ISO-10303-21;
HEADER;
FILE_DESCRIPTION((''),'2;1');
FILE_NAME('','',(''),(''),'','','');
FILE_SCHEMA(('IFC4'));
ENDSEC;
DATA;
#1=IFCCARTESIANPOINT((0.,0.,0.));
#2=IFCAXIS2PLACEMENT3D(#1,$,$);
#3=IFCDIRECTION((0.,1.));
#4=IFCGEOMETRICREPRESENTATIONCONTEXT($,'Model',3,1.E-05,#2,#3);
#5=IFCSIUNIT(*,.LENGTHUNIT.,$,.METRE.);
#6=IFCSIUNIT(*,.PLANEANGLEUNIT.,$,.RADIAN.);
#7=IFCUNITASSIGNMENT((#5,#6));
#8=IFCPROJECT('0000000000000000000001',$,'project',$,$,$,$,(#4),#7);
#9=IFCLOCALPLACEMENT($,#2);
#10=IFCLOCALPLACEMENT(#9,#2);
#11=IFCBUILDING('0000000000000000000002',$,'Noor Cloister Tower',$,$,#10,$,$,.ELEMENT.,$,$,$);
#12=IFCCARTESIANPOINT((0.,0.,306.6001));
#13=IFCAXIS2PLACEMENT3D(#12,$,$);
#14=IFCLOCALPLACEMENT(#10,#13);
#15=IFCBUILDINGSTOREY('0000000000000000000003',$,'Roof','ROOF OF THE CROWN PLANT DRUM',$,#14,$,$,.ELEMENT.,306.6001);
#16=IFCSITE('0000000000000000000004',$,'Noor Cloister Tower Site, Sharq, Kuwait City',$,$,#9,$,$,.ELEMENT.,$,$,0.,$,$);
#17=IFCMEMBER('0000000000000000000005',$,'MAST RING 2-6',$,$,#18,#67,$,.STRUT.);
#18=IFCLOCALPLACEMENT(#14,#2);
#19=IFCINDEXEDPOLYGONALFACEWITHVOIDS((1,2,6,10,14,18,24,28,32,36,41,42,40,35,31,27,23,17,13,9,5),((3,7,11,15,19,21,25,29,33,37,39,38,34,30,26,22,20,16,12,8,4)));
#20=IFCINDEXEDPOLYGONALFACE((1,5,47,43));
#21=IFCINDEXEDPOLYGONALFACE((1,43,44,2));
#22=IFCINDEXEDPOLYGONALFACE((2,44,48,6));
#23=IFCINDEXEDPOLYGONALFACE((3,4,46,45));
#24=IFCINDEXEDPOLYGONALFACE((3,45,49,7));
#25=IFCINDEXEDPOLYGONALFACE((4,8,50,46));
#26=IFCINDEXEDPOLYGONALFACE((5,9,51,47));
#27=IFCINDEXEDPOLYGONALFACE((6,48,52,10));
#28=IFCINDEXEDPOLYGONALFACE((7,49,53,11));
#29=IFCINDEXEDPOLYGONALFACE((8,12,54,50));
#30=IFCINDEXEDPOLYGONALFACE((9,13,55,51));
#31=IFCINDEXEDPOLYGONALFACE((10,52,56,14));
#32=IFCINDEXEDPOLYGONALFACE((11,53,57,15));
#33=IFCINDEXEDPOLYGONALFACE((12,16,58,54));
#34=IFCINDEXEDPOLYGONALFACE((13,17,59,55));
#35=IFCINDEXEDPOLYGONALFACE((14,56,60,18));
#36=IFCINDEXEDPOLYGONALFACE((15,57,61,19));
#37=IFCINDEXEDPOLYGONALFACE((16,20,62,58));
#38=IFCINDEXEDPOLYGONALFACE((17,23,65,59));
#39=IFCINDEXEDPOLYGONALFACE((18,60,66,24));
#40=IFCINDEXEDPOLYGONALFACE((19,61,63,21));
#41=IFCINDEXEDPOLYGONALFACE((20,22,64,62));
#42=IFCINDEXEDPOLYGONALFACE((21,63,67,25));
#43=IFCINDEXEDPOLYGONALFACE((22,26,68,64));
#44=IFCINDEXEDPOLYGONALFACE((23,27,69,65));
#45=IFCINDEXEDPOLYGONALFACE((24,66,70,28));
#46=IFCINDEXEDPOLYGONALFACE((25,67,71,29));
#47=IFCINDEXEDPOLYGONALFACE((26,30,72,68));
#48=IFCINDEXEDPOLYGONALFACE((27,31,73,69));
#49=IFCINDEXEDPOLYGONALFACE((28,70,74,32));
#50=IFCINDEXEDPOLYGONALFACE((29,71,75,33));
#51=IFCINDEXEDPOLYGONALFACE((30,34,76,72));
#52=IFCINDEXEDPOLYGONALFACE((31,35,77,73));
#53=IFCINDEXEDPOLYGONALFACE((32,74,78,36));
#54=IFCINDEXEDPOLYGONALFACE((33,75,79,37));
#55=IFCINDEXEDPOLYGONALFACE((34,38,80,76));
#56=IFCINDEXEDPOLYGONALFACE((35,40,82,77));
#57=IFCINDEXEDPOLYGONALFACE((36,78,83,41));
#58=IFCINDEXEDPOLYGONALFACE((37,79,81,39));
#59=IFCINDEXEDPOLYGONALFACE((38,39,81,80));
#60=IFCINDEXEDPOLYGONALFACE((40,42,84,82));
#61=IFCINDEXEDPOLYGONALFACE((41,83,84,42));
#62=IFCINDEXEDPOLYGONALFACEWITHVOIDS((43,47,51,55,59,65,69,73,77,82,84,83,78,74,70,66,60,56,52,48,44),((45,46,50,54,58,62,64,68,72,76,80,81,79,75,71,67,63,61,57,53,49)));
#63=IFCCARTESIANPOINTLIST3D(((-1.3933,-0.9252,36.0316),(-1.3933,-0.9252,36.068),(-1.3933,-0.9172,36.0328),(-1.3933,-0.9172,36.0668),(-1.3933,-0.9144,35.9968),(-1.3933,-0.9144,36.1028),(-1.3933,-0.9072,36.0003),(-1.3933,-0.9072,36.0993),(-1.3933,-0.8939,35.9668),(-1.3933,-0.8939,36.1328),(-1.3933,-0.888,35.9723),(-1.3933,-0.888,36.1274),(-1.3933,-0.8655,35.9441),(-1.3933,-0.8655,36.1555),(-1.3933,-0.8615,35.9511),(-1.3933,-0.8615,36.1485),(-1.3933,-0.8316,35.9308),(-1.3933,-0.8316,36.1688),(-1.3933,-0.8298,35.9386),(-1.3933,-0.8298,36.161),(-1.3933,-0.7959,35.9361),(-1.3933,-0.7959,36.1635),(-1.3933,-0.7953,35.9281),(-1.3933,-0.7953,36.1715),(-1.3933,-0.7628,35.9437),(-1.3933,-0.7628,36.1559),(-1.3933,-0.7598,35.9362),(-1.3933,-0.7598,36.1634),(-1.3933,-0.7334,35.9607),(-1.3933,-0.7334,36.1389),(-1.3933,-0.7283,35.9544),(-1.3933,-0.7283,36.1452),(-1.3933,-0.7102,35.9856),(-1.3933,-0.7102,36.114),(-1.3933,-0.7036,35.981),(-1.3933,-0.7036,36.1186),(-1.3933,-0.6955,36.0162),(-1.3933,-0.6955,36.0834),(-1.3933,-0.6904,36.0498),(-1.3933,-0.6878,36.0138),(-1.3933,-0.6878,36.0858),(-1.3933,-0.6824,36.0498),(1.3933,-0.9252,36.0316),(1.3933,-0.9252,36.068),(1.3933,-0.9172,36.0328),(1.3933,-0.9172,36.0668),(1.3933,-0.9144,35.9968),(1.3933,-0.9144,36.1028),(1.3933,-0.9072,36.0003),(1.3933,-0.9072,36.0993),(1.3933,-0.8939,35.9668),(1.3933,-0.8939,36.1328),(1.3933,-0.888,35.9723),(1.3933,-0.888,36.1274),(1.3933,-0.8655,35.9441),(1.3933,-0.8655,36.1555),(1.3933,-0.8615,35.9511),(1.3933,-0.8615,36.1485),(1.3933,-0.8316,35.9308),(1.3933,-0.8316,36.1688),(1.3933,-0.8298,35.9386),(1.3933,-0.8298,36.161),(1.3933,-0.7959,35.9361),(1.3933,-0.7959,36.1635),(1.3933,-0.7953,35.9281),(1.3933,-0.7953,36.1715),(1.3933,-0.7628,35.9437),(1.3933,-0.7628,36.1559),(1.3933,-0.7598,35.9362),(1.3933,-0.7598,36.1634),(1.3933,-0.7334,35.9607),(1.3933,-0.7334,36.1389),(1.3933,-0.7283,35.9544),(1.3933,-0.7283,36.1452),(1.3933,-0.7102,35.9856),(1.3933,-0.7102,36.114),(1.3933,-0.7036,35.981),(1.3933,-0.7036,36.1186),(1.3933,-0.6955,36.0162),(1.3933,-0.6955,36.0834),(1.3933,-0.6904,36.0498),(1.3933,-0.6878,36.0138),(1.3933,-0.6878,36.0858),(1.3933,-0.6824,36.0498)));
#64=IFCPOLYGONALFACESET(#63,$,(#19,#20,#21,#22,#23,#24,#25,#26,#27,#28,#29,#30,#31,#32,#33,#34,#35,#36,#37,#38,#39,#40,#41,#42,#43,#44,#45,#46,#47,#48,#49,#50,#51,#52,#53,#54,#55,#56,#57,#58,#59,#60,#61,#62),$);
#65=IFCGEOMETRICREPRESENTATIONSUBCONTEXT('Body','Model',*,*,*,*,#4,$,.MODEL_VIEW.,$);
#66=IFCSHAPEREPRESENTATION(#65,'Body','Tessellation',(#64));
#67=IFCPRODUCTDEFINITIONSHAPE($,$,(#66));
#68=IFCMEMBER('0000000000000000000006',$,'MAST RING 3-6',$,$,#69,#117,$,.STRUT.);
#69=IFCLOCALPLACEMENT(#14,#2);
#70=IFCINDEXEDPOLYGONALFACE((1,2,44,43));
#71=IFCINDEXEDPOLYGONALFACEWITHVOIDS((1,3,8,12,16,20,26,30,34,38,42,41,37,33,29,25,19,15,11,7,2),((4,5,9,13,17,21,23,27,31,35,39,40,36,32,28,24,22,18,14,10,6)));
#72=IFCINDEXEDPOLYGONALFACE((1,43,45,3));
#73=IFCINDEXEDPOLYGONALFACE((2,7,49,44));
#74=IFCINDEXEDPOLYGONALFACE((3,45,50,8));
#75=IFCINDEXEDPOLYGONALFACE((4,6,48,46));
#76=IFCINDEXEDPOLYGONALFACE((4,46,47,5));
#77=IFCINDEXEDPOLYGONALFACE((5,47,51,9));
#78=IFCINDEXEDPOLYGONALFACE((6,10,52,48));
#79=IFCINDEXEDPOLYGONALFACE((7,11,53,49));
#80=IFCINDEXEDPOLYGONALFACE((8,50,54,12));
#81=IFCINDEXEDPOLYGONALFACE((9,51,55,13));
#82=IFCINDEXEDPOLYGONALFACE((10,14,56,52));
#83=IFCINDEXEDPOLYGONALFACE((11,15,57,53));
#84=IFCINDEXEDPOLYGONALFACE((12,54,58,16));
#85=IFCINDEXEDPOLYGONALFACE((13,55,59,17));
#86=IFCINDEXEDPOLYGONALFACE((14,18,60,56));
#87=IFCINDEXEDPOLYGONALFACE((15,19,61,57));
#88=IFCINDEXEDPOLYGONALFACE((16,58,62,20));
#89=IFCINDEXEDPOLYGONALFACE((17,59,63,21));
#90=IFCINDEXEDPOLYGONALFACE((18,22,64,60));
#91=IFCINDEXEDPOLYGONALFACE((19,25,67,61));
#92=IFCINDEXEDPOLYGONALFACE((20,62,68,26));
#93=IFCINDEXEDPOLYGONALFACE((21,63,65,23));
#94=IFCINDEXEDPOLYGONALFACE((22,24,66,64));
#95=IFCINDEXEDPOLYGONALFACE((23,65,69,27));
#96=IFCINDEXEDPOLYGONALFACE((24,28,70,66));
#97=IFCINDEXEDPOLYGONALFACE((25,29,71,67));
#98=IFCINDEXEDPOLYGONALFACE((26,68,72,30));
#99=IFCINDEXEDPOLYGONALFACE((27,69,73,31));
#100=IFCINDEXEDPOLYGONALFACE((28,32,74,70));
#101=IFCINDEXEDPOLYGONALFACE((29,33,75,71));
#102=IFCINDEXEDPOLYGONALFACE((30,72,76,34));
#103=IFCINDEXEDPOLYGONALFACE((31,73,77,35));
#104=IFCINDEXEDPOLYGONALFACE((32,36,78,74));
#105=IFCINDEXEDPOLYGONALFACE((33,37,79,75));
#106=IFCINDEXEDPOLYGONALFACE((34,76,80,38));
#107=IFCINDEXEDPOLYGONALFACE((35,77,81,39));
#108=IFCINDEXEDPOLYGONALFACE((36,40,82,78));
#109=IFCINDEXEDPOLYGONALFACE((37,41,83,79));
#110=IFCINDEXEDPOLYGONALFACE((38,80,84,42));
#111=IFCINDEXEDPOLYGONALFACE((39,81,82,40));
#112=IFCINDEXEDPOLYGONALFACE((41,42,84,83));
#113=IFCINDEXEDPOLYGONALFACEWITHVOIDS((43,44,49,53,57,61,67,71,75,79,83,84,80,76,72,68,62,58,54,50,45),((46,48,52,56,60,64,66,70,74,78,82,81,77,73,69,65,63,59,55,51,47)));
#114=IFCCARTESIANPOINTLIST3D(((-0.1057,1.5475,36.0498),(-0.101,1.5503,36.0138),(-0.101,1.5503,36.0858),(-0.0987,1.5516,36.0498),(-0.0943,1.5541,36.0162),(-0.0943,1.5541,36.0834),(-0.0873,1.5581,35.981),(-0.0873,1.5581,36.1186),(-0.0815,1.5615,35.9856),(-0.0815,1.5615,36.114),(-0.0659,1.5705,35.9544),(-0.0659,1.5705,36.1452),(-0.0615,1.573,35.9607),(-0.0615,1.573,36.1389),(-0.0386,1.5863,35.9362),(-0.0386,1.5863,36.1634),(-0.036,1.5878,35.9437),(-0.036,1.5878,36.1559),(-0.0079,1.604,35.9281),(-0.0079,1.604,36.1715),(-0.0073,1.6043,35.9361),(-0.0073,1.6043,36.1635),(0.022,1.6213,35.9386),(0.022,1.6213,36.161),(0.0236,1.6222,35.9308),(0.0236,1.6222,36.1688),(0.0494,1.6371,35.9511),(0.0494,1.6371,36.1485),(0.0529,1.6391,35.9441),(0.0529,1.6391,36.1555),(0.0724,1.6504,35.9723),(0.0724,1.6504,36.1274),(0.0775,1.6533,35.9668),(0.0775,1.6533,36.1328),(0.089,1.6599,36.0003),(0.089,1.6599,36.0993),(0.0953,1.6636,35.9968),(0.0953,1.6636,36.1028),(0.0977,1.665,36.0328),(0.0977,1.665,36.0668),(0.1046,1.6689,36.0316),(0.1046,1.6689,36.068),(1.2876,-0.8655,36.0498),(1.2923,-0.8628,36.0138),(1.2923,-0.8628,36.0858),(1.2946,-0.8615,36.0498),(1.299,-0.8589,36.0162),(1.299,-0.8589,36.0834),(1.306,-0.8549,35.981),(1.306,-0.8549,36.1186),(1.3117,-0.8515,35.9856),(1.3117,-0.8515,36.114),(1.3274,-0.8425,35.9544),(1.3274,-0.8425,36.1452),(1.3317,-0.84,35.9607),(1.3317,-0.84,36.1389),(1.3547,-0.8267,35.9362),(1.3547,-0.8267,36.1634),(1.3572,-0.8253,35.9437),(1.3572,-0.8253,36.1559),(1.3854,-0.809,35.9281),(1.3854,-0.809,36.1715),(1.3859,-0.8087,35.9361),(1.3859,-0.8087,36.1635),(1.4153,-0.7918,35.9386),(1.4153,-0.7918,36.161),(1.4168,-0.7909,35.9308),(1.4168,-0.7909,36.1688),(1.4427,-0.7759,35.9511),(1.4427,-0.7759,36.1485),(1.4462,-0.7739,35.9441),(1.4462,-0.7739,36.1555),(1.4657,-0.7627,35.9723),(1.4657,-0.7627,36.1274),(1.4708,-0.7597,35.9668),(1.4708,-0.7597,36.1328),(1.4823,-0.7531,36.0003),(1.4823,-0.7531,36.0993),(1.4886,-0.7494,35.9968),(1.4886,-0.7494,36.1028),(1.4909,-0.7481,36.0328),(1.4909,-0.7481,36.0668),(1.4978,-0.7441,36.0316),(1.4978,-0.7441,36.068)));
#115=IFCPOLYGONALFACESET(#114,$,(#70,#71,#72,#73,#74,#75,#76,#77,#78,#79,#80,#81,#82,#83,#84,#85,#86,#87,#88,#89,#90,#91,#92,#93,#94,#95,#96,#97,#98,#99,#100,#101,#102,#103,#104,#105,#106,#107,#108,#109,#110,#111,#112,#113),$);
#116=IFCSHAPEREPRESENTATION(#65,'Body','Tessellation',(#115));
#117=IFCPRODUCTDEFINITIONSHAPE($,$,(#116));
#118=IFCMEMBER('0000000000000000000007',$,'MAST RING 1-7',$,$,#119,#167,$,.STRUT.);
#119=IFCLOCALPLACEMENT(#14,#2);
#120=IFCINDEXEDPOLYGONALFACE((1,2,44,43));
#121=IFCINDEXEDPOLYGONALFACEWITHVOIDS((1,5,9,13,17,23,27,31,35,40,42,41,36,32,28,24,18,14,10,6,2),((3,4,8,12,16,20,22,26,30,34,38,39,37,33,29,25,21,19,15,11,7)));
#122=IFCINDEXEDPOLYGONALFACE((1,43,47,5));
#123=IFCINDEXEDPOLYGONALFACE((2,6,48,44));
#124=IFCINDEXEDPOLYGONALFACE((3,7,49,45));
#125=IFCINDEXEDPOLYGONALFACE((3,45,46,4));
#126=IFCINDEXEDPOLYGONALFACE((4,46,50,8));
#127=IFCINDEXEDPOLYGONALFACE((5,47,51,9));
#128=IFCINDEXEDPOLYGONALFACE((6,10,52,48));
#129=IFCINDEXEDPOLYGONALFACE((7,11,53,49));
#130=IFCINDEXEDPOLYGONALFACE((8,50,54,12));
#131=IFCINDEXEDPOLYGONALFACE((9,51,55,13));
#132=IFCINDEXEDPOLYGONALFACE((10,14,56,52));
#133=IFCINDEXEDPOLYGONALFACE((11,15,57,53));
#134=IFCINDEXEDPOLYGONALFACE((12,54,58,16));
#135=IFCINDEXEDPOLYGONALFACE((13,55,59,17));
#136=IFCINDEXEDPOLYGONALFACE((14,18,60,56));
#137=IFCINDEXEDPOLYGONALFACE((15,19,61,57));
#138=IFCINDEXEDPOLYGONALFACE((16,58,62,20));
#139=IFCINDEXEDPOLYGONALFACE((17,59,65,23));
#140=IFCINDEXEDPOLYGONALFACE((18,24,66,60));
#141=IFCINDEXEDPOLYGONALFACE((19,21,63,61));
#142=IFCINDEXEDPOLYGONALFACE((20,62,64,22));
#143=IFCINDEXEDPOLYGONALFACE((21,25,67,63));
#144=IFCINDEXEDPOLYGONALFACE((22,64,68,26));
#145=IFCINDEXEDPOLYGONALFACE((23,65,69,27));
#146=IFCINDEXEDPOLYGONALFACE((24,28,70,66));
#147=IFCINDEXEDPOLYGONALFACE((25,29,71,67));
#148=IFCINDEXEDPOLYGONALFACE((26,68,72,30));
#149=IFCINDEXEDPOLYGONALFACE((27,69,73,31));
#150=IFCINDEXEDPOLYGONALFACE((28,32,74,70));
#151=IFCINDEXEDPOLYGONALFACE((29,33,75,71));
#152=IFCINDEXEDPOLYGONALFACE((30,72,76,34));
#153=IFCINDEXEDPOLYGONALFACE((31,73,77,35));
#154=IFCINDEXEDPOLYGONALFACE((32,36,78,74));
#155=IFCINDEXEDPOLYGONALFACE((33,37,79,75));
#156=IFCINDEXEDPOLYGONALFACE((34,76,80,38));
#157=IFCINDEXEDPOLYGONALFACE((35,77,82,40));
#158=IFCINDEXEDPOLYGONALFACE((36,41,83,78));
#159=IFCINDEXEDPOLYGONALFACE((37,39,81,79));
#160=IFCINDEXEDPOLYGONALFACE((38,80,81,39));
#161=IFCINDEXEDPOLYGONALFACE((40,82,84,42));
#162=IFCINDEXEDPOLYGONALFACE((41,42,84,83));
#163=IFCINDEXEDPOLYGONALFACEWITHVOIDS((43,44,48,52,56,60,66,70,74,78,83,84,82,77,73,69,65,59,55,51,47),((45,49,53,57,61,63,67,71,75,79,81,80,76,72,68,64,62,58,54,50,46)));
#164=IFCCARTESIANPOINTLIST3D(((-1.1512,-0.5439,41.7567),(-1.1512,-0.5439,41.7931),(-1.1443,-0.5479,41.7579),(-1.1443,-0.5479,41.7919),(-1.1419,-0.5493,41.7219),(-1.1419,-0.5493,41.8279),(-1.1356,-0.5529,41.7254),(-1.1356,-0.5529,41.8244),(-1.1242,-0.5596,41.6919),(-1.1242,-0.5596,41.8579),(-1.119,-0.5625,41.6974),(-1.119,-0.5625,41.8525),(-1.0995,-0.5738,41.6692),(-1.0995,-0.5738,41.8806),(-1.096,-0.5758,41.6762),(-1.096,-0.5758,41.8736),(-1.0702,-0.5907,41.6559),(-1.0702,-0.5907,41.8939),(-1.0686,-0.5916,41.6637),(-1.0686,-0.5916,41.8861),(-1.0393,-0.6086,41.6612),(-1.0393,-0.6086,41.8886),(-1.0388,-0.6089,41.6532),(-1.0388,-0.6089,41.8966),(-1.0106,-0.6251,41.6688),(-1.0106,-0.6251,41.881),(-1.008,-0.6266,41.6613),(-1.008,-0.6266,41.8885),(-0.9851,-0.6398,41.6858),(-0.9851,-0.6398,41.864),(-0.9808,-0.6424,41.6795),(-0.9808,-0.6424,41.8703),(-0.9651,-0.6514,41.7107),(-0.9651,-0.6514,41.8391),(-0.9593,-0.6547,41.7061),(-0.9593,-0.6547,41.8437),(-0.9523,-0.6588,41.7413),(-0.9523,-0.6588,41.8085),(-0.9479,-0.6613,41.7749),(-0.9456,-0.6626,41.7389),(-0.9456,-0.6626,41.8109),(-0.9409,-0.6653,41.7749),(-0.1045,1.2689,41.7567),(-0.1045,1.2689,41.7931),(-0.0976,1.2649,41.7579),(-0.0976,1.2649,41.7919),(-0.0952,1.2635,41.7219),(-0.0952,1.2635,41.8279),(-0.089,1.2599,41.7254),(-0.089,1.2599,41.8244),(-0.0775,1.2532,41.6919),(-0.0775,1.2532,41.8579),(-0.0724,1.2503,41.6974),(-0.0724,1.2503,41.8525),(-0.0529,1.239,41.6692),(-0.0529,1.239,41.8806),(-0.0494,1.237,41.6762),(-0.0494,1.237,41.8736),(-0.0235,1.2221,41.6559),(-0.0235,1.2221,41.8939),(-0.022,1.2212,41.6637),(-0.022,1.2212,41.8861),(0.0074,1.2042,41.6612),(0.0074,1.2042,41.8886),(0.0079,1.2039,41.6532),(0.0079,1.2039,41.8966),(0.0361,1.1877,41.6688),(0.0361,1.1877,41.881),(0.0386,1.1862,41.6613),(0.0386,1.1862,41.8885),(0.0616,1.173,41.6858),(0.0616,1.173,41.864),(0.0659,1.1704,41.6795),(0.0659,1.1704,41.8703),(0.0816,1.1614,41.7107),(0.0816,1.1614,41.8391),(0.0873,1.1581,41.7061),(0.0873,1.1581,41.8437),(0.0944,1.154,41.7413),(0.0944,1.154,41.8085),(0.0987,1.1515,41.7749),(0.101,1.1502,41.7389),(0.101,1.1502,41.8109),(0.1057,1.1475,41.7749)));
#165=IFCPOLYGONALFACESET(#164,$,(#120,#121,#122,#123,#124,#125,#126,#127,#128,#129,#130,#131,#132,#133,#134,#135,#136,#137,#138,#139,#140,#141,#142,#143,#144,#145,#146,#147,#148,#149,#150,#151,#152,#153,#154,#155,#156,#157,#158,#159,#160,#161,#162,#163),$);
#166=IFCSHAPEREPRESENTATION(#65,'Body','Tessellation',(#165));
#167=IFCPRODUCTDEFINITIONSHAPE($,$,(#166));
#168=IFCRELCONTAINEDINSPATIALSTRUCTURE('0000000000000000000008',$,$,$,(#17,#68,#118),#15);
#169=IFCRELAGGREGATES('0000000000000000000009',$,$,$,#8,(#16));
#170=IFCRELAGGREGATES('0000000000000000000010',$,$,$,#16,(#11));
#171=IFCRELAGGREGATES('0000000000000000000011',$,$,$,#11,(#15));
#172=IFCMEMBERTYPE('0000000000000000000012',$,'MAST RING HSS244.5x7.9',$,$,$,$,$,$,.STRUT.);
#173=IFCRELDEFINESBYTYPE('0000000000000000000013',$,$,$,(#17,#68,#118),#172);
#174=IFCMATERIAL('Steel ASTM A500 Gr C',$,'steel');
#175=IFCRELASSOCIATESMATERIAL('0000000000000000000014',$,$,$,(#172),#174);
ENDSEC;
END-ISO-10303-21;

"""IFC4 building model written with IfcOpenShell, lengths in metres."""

from ifc_helpers import new_model, si_unit, direction, frame, origin, origin_2d, place, context, subcontext, project, spatial, hollow_circle, extrude, material, material_profile, profile_set, type_object, element, save


model = new_model("IFC4")

# Units and contexts
model_context = context("Model", 3, precision=1e-05, world=origin(), true_north=direction((0.0, 1.0)))
body_context = subcontext(model_context, "Body", "Model", "MODEL_VIEW")
ifc_project = project(units=[si_unit("LENGTHUNIT", "METRE"), si_unit("PLANEANGLEUNIT", "RADIAN")], contexts=[model_context])

# Site, building, storey
site_placement = place(None, origin())
site = spatial("IfcSite", under=ifc_project, at=site_placement, Name="Noor Cloister Tower Site, Sharq, Kuwait City", CompositionType="ELEMENT", RefElevation=0.0)
building_placement = place(site_placement, origin())
building = spatial("IfcBuilding", under=site, at=building_placement, Name="Noor Cloister Tower", CompositionType="ELEMENT")
storey_placement = place(building_placement, frame((0.0, 0.0, 306.6001)))
storey = spatial("IfcBuildingStorey", under=building, at=storey_placement, Name="Roof", Description="ROOF OF THE CROWN PLANT DRUM", CompositionType="ELEMENT", Elevation=306.6001)

# Members
ifc_material_1 = material(Name="Steel ASTM A500 Gr C", Category="steel")
ifc_material_profile_1 = material_profile(ifc_material_1, hollow_circle(Radius=0.1221, WallThickness=0.0081, at=origin_2d()), Name="HSS244.5x7.9")
ifc_profile_set_1 = profile_set([ifc_material_profile_1], Name="Steel ASTM A500 Gr C")
member_type_1 = type_object("IfcMemberType", Name="MAST RING HSS244.5x7.9", PredefinedType="STRUT", material=ifc_profile_set_1)
member_1_placement = place(storey_placement, frame((-1.3933, -0.8044, 36.0498), z_axis=(1.0, 0.0, 0.0), x_axis=(0.0, 1.0, 0.0)))
element("IfcMember", 1, at=member_1_placement, inside=storey, type_object=member_type_1, Name="MAST RING 2-6", PredefinedType="STRUT", context=body_context, shape_type="SweptSolid", body=[
    extrude(hollow_circle(Radius=0.1221, WallThickness=0.0081, at=origin_2d()), origin(), (0.0, 0.0, 1.0), 2.7866),
])
member_2_placement = place(storey_placement, frame((1.3933, -0.8044, 36.0498), z_axis=(-0.500031, 0.866008, 0.0), x_axis=(-0.866008, -0.500031, 0.0)))
element("IfcMember", 2, at=member_2_placement, inside=storey, type_object=member_type_1, Name="MAST RING 3-6", PredefinedType="STRUT", context=body_context, shape_type="SweptSolid", body=[
    extrude(hollow_circle(Radius=0.1221, WallThickness=0.0081, at=origin_2d()), origin(), (0.0, 0.0, 1.0), 2.7864),
])
for number, where, z_axis, x_axis, name in (
    (3, (0.0, 1.2085, 41.7749), (-0.500015, -0.866017, 0.0), (0.866017, -0.500015, 0.0), "MAST RING 1-7"),
):
    element("IfcMember", number, at=place(storey_placement, frame(where, z_axis=z_axis, x_axis=x_axis)), inside=storey, type_object=member_type_1, Name=name, PredefinedType="STRUT", context=body_context, shape_type="SweptSolid", body=[
        extrude(hollow_circle(Radius=0.1221, WallThickness=0.0081, at=origin_2d()), origin(), (0.0, 0.0, 1.0), 2.0933),
    ])

save(model, "model.ifc")
